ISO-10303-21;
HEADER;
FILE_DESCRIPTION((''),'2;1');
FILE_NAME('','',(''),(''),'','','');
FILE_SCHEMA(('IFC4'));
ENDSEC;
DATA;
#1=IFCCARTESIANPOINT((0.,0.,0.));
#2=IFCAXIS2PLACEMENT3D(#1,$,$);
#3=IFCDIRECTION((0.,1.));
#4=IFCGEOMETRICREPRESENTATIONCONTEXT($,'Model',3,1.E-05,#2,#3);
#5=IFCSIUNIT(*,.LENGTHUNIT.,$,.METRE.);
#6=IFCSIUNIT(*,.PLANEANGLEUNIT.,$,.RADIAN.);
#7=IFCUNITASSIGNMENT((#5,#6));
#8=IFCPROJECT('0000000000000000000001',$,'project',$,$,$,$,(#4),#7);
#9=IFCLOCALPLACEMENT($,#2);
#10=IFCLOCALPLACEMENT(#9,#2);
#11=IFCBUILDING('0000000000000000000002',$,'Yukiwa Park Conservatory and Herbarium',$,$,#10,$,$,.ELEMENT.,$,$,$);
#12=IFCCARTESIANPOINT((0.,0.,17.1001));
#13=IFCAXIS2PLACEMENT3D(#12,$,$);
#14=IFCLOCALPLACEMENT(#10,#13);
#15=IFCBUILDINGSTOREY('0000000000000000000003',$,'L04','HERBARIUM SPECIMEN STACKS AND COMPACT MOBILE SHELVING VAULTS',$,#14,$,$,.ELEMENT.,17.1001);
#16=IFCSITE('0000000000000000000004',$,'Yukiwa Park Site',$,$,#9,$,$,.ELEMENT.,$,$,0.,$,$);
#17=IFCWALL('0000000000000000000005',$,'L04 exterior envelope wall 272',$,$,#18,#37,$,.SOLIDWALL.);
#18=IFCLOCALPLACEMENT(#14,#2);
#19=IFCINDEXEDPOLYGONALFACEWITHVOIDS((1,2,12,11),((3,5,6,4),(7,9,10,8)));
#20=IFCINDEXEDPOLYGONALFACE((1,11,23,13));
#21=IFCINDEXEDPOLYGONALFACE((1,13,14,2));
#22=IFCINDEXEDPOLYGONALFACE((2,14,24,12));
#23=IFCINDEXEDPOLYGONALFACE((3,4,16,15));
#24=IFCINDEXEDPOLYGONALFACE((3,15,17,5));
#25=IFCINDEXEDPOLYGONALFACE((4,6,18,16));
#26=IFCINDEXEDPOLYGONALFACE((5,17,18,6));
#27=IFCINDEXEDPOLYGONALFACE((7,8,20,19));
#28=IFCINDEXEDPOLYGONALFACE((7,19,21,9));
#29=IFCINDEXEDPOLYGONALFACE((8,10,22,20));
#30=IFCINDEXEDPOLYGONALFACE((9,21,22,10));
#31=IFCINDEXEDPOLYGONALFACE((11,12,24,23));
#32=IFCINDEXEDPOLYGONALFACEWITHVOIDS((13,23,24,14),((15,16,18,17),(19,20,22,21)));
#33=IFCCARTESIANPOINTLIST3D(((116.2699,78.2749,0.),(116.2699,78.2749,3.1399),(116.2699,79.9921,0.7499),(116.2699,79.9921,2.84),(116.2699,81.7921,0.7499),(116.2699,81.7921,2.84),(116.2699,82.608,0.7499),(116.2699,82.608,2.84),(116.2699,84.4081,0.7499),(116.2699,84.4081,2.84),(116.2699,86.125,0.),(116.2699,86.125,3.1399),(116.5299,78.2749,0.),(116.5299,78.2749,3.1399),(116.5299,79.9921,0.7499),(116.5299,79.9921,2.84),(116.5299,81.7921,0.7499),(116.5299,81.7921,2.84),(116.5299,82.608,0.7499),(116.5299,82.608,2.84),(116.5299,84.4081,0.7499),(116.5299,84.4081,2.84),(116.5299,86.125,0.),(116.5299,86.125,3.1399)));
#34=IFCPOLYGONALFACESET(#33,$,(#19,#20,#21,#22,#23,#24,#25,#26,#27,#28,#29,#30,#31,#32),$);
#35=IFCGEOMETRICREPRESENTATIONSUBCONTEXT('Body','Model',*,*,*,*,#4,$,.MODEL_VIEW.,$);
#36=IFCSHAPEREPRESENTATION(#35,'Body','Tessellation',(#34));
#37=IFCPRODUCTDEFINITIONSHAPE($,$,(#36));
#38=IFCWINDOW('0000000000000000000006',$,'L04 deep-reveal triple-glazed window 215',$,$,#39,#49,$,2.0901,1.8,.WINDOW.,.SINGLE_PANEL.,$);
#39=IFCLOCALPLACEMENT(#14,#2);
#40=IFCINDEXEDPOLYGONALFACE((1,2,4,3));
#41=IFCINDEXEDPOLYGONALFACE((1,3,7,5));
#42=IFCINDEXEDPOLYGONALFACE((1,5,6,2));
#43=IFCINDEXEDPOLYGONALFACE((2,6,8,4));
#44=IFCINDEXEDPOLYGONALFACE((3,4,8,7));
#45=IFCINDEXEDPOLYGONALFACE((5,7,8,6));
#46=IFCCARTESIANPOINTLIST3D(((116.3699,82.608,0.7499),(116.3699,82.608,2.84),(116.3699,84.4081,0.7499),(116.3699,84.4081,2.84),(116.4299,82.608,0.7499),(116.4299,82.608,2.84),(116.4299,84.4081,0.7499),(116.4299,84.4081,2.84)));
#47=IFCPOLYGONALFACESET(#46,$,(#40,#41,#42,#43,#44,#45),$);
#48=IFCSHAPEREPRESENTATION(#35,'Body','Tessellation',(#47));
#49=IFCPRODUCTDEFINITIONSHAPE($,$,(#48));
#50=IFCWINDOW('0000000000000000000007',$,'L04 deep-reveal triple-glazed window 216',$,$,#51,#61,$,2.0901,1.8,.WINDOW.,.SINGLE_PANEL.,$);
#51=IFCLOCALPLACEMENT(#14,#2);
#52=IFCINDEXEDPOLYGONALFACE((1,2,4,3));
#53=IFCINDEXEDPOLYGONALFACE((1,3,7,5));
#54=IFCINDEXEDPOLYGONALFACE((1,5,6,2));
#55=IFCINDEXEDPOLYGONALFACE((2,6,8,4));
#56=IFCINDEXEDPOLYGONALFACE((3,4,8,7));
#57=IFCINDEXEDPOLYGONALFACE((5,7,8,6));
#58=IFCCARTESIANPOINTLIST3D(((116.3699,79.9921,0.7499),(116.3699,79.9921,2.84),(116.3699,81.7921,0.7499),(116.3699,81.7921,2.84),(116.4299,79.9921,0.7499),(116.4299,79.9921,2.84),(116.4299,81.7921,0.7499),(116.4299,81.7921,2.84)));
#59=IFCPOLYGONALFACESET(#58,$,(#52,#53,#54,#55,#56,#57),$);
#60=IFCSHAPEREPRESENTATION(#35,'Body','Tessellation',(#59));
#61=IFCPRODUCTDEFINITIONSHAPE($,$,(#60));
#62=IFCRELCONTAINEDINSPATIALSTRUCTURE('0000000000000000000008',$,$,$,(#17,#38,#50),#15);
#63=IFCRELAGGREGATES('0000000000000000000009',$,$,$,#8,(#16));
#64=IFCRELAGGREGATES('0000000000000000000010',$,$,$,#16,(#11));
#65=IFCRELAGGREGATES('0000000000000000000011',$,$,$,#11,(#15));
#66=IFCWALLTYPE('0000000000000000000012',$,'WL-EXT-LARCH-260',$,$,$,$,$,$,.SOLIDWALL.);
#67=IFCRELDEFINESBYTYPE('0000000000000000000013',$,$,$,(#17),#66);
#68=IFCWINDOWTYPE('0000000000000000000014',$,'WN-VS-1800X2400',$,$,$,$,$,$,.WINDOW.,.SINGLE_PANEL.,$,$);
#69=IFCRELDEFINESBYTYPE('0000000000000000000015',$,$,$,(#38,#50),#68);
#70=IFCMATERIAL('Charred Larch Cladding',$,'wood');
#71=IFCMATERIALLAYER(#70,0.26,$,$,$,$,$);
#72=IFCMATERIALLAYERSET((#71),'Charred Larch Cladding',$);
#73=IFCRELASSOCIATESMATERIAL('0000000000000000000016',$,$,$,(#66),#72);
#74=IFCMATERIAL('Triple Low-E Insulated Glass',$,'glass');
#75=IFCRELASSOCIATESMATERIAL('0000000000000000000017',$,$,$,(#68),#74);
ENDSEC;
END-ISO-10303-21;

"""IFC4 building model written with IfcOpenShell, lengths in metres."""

from ifc_helpers import new_model, si_unit, direction, frame, frame_2d, origin, place, context, subcontext, project, spatial, rectangle, extrude, material, layer, layer_set, type_object, element, fill, save


model = new_model("IFC4")

# Units and contexts
model_context = context("Model", 3, precision=1e-05, world=origin(), true_north=direction((0.0, 1.0)))
body_context = subcontext(model_context, "Body", "Model", "MODEL_VIEW")
ifc_project = project(units=[si_unit("LENGTHUNIT", "METRE"), si_unit("PLANEANGLEUNIT", "RADIAN")], contexts=[model_context])

# Site, building, storey
site_placement = place(None, origin())
site = spatial("IfcSite", under=ifc_project, at=site_placement, Name="Yukiwa Park Site", CompositionType="ELEMENT", RefElevation=0.0)
building_placement = place(site_placement, origin())
building = spatial("IfcBuilding", under=site, at=building_placement, Name="Yukiwa Park Conservatory and Herbarium", CompositionType="ELEMENT")
storey_placement = place(building_placement, frame((0.0, 0.0, 17.1001)))
storey = spatial("IfcBuildingStorey", under=building, at=storey_placement, Name="L04", Description="HERBARIUM SPECIMEN STACKS AND COMPACT MOBILE SHELVING VAULTS", CompositionType="ELEMENT", Elevation=17.1001)

# Wall, openings, windows
ifc_material_1 = material(Name="Charred Larch Cladding", Category="wood")
ifc_layer_1 = layer(ifc_material_1, 0.26)
ifc_layer_set_1 = layer_set([ifc_layer_1], Name="Charred Larch Cladding")
wall_type_1 = type_object("IfcWallType", Name="WL-EXT-LARCH-260", PredefinedType="SOLIDWALL", material=ifc_layer_set_1)
wall_1_placement = place(storey_placement, frame((116.3999, 86.125, 0.0), z_axis=(0.0, 0.0, 1.0), x_axis=(0.0, -1.0, 0.0)))
wall_1 = element("IfcWall", 1, at=wall_1_placement, inside=storey, type_object=wall_type_1, Name="L04 exterior envelope wall 272", PredefinedType="SOLIDWALL", context=body_context, shape_type="SweptSolid", body=[
    extrude(rectangle(XDim=7.8501, YDim=0.26, at=frame_2d((3.925, 0.0))), origin(), (0.0, 0.0, 1.0), 3.1399),
])
opening_1_placement = place(wall_1_placement, frame((1.717, 0.0, 0.75)))
opening_1 = element("IfcOpeningElement", 2, at=opening_1_placement, cuts=wall_1, PredefinedType="OPENING", context=body_context, shape_type="SweptSolid", body=[
    extrude(rectangle(XDim=1.8, YDim=2.0901, at=frame_2d((0.8999, 1.0449))), frame((0.0, 0.1401, 0.0), z_axis=(0.0, -1.0, 0.0), x_axis=(1.0, 0.0, 0.0)), (0.0, 0.0, 1.0), 0.28),
])
opening_2_placement = place(wall_1_placement, frame((4.333, 0.0, 0.75)))
opening_2 = element("IfcOpeningElement", 3, at=opening_2_placement, cuts=wall_1, PredefinedType="OPENING", context=body_context, shape_type="SweptSolid", body=[
    extrude(rectangle(XDim=1.8, YDim=2.0901, at=frame_2d((0.8999, 1.0449))), frame((0.0, 0.1401, 0.0), z_axis=(0.0, -1.0, 0.0), x_axis=(1.0, 0.0, 0.0)), (0.0, 0.0, 1.0), 0.28),
])
ifc_material_2 = material(Name="Triple Low-E Insulated Glass", Category="glass")
window_type_1 = type_object("IfcWindowType", Name="WN-VS-1800X2400", PartitioningType="SINGLE_PANEL", PredefinedType="WINDOW", material=ifc_material_2)
window_1_placement = place(opening_1_placement, origin())
window_1 = element("IfcWindow", 4, at=window_1_placement, inside=storey, type_object=window_type_1, Name="L04 deep-reveal triple-glazed window 215", OverallHeight=2.0901, OverallWidth=1.8, PartitioningType="SINGLE_PANEL", PredefinedType="WINDOW", context=body_context, shape_type="SweptSolid", body=[
    extrude(rectangle(XDim=1.8, YDim=2.0901, at=frame_2d((0.8999, 1.0449))), frame((0.0, 0.03, 0.0), z_axis=(0.0, -1.0, 0.0), x_axis=(1.0, 0.0, 0.0)), (0.0, 0.0, 1.0), 0.0601),
])
fill(opening_1, window_1)
window_2_placement = place(opening_2_placement, origin())
window_2 = element("IfcWindow", 5, at=window_2_placement, inside=storey, type_object=window_type_1, Name="L04 deep-reveal triple-glazed window 216", OverallHeight=2.0901, OverallWidth=1.8, PartitioningType="SINGLE_PANEL", PredefinedType="WINDOW", context=body_context, shape_type="SweptSolid", body=[
    extrude(rectangle(XDim=1.8, YDim=2.0901, at=frame_2d((0.8999, 1.0449))), frame((0.0, 0.03, 0.0), z_axis=(0.0, -1.0, 0.0), x_axis=(1.0, 0.0, 0.0)), (0.0, 0.0, 1.0), 0.0601),
])
fill(opening_2, window_2)

save(model, "model.ifc")
